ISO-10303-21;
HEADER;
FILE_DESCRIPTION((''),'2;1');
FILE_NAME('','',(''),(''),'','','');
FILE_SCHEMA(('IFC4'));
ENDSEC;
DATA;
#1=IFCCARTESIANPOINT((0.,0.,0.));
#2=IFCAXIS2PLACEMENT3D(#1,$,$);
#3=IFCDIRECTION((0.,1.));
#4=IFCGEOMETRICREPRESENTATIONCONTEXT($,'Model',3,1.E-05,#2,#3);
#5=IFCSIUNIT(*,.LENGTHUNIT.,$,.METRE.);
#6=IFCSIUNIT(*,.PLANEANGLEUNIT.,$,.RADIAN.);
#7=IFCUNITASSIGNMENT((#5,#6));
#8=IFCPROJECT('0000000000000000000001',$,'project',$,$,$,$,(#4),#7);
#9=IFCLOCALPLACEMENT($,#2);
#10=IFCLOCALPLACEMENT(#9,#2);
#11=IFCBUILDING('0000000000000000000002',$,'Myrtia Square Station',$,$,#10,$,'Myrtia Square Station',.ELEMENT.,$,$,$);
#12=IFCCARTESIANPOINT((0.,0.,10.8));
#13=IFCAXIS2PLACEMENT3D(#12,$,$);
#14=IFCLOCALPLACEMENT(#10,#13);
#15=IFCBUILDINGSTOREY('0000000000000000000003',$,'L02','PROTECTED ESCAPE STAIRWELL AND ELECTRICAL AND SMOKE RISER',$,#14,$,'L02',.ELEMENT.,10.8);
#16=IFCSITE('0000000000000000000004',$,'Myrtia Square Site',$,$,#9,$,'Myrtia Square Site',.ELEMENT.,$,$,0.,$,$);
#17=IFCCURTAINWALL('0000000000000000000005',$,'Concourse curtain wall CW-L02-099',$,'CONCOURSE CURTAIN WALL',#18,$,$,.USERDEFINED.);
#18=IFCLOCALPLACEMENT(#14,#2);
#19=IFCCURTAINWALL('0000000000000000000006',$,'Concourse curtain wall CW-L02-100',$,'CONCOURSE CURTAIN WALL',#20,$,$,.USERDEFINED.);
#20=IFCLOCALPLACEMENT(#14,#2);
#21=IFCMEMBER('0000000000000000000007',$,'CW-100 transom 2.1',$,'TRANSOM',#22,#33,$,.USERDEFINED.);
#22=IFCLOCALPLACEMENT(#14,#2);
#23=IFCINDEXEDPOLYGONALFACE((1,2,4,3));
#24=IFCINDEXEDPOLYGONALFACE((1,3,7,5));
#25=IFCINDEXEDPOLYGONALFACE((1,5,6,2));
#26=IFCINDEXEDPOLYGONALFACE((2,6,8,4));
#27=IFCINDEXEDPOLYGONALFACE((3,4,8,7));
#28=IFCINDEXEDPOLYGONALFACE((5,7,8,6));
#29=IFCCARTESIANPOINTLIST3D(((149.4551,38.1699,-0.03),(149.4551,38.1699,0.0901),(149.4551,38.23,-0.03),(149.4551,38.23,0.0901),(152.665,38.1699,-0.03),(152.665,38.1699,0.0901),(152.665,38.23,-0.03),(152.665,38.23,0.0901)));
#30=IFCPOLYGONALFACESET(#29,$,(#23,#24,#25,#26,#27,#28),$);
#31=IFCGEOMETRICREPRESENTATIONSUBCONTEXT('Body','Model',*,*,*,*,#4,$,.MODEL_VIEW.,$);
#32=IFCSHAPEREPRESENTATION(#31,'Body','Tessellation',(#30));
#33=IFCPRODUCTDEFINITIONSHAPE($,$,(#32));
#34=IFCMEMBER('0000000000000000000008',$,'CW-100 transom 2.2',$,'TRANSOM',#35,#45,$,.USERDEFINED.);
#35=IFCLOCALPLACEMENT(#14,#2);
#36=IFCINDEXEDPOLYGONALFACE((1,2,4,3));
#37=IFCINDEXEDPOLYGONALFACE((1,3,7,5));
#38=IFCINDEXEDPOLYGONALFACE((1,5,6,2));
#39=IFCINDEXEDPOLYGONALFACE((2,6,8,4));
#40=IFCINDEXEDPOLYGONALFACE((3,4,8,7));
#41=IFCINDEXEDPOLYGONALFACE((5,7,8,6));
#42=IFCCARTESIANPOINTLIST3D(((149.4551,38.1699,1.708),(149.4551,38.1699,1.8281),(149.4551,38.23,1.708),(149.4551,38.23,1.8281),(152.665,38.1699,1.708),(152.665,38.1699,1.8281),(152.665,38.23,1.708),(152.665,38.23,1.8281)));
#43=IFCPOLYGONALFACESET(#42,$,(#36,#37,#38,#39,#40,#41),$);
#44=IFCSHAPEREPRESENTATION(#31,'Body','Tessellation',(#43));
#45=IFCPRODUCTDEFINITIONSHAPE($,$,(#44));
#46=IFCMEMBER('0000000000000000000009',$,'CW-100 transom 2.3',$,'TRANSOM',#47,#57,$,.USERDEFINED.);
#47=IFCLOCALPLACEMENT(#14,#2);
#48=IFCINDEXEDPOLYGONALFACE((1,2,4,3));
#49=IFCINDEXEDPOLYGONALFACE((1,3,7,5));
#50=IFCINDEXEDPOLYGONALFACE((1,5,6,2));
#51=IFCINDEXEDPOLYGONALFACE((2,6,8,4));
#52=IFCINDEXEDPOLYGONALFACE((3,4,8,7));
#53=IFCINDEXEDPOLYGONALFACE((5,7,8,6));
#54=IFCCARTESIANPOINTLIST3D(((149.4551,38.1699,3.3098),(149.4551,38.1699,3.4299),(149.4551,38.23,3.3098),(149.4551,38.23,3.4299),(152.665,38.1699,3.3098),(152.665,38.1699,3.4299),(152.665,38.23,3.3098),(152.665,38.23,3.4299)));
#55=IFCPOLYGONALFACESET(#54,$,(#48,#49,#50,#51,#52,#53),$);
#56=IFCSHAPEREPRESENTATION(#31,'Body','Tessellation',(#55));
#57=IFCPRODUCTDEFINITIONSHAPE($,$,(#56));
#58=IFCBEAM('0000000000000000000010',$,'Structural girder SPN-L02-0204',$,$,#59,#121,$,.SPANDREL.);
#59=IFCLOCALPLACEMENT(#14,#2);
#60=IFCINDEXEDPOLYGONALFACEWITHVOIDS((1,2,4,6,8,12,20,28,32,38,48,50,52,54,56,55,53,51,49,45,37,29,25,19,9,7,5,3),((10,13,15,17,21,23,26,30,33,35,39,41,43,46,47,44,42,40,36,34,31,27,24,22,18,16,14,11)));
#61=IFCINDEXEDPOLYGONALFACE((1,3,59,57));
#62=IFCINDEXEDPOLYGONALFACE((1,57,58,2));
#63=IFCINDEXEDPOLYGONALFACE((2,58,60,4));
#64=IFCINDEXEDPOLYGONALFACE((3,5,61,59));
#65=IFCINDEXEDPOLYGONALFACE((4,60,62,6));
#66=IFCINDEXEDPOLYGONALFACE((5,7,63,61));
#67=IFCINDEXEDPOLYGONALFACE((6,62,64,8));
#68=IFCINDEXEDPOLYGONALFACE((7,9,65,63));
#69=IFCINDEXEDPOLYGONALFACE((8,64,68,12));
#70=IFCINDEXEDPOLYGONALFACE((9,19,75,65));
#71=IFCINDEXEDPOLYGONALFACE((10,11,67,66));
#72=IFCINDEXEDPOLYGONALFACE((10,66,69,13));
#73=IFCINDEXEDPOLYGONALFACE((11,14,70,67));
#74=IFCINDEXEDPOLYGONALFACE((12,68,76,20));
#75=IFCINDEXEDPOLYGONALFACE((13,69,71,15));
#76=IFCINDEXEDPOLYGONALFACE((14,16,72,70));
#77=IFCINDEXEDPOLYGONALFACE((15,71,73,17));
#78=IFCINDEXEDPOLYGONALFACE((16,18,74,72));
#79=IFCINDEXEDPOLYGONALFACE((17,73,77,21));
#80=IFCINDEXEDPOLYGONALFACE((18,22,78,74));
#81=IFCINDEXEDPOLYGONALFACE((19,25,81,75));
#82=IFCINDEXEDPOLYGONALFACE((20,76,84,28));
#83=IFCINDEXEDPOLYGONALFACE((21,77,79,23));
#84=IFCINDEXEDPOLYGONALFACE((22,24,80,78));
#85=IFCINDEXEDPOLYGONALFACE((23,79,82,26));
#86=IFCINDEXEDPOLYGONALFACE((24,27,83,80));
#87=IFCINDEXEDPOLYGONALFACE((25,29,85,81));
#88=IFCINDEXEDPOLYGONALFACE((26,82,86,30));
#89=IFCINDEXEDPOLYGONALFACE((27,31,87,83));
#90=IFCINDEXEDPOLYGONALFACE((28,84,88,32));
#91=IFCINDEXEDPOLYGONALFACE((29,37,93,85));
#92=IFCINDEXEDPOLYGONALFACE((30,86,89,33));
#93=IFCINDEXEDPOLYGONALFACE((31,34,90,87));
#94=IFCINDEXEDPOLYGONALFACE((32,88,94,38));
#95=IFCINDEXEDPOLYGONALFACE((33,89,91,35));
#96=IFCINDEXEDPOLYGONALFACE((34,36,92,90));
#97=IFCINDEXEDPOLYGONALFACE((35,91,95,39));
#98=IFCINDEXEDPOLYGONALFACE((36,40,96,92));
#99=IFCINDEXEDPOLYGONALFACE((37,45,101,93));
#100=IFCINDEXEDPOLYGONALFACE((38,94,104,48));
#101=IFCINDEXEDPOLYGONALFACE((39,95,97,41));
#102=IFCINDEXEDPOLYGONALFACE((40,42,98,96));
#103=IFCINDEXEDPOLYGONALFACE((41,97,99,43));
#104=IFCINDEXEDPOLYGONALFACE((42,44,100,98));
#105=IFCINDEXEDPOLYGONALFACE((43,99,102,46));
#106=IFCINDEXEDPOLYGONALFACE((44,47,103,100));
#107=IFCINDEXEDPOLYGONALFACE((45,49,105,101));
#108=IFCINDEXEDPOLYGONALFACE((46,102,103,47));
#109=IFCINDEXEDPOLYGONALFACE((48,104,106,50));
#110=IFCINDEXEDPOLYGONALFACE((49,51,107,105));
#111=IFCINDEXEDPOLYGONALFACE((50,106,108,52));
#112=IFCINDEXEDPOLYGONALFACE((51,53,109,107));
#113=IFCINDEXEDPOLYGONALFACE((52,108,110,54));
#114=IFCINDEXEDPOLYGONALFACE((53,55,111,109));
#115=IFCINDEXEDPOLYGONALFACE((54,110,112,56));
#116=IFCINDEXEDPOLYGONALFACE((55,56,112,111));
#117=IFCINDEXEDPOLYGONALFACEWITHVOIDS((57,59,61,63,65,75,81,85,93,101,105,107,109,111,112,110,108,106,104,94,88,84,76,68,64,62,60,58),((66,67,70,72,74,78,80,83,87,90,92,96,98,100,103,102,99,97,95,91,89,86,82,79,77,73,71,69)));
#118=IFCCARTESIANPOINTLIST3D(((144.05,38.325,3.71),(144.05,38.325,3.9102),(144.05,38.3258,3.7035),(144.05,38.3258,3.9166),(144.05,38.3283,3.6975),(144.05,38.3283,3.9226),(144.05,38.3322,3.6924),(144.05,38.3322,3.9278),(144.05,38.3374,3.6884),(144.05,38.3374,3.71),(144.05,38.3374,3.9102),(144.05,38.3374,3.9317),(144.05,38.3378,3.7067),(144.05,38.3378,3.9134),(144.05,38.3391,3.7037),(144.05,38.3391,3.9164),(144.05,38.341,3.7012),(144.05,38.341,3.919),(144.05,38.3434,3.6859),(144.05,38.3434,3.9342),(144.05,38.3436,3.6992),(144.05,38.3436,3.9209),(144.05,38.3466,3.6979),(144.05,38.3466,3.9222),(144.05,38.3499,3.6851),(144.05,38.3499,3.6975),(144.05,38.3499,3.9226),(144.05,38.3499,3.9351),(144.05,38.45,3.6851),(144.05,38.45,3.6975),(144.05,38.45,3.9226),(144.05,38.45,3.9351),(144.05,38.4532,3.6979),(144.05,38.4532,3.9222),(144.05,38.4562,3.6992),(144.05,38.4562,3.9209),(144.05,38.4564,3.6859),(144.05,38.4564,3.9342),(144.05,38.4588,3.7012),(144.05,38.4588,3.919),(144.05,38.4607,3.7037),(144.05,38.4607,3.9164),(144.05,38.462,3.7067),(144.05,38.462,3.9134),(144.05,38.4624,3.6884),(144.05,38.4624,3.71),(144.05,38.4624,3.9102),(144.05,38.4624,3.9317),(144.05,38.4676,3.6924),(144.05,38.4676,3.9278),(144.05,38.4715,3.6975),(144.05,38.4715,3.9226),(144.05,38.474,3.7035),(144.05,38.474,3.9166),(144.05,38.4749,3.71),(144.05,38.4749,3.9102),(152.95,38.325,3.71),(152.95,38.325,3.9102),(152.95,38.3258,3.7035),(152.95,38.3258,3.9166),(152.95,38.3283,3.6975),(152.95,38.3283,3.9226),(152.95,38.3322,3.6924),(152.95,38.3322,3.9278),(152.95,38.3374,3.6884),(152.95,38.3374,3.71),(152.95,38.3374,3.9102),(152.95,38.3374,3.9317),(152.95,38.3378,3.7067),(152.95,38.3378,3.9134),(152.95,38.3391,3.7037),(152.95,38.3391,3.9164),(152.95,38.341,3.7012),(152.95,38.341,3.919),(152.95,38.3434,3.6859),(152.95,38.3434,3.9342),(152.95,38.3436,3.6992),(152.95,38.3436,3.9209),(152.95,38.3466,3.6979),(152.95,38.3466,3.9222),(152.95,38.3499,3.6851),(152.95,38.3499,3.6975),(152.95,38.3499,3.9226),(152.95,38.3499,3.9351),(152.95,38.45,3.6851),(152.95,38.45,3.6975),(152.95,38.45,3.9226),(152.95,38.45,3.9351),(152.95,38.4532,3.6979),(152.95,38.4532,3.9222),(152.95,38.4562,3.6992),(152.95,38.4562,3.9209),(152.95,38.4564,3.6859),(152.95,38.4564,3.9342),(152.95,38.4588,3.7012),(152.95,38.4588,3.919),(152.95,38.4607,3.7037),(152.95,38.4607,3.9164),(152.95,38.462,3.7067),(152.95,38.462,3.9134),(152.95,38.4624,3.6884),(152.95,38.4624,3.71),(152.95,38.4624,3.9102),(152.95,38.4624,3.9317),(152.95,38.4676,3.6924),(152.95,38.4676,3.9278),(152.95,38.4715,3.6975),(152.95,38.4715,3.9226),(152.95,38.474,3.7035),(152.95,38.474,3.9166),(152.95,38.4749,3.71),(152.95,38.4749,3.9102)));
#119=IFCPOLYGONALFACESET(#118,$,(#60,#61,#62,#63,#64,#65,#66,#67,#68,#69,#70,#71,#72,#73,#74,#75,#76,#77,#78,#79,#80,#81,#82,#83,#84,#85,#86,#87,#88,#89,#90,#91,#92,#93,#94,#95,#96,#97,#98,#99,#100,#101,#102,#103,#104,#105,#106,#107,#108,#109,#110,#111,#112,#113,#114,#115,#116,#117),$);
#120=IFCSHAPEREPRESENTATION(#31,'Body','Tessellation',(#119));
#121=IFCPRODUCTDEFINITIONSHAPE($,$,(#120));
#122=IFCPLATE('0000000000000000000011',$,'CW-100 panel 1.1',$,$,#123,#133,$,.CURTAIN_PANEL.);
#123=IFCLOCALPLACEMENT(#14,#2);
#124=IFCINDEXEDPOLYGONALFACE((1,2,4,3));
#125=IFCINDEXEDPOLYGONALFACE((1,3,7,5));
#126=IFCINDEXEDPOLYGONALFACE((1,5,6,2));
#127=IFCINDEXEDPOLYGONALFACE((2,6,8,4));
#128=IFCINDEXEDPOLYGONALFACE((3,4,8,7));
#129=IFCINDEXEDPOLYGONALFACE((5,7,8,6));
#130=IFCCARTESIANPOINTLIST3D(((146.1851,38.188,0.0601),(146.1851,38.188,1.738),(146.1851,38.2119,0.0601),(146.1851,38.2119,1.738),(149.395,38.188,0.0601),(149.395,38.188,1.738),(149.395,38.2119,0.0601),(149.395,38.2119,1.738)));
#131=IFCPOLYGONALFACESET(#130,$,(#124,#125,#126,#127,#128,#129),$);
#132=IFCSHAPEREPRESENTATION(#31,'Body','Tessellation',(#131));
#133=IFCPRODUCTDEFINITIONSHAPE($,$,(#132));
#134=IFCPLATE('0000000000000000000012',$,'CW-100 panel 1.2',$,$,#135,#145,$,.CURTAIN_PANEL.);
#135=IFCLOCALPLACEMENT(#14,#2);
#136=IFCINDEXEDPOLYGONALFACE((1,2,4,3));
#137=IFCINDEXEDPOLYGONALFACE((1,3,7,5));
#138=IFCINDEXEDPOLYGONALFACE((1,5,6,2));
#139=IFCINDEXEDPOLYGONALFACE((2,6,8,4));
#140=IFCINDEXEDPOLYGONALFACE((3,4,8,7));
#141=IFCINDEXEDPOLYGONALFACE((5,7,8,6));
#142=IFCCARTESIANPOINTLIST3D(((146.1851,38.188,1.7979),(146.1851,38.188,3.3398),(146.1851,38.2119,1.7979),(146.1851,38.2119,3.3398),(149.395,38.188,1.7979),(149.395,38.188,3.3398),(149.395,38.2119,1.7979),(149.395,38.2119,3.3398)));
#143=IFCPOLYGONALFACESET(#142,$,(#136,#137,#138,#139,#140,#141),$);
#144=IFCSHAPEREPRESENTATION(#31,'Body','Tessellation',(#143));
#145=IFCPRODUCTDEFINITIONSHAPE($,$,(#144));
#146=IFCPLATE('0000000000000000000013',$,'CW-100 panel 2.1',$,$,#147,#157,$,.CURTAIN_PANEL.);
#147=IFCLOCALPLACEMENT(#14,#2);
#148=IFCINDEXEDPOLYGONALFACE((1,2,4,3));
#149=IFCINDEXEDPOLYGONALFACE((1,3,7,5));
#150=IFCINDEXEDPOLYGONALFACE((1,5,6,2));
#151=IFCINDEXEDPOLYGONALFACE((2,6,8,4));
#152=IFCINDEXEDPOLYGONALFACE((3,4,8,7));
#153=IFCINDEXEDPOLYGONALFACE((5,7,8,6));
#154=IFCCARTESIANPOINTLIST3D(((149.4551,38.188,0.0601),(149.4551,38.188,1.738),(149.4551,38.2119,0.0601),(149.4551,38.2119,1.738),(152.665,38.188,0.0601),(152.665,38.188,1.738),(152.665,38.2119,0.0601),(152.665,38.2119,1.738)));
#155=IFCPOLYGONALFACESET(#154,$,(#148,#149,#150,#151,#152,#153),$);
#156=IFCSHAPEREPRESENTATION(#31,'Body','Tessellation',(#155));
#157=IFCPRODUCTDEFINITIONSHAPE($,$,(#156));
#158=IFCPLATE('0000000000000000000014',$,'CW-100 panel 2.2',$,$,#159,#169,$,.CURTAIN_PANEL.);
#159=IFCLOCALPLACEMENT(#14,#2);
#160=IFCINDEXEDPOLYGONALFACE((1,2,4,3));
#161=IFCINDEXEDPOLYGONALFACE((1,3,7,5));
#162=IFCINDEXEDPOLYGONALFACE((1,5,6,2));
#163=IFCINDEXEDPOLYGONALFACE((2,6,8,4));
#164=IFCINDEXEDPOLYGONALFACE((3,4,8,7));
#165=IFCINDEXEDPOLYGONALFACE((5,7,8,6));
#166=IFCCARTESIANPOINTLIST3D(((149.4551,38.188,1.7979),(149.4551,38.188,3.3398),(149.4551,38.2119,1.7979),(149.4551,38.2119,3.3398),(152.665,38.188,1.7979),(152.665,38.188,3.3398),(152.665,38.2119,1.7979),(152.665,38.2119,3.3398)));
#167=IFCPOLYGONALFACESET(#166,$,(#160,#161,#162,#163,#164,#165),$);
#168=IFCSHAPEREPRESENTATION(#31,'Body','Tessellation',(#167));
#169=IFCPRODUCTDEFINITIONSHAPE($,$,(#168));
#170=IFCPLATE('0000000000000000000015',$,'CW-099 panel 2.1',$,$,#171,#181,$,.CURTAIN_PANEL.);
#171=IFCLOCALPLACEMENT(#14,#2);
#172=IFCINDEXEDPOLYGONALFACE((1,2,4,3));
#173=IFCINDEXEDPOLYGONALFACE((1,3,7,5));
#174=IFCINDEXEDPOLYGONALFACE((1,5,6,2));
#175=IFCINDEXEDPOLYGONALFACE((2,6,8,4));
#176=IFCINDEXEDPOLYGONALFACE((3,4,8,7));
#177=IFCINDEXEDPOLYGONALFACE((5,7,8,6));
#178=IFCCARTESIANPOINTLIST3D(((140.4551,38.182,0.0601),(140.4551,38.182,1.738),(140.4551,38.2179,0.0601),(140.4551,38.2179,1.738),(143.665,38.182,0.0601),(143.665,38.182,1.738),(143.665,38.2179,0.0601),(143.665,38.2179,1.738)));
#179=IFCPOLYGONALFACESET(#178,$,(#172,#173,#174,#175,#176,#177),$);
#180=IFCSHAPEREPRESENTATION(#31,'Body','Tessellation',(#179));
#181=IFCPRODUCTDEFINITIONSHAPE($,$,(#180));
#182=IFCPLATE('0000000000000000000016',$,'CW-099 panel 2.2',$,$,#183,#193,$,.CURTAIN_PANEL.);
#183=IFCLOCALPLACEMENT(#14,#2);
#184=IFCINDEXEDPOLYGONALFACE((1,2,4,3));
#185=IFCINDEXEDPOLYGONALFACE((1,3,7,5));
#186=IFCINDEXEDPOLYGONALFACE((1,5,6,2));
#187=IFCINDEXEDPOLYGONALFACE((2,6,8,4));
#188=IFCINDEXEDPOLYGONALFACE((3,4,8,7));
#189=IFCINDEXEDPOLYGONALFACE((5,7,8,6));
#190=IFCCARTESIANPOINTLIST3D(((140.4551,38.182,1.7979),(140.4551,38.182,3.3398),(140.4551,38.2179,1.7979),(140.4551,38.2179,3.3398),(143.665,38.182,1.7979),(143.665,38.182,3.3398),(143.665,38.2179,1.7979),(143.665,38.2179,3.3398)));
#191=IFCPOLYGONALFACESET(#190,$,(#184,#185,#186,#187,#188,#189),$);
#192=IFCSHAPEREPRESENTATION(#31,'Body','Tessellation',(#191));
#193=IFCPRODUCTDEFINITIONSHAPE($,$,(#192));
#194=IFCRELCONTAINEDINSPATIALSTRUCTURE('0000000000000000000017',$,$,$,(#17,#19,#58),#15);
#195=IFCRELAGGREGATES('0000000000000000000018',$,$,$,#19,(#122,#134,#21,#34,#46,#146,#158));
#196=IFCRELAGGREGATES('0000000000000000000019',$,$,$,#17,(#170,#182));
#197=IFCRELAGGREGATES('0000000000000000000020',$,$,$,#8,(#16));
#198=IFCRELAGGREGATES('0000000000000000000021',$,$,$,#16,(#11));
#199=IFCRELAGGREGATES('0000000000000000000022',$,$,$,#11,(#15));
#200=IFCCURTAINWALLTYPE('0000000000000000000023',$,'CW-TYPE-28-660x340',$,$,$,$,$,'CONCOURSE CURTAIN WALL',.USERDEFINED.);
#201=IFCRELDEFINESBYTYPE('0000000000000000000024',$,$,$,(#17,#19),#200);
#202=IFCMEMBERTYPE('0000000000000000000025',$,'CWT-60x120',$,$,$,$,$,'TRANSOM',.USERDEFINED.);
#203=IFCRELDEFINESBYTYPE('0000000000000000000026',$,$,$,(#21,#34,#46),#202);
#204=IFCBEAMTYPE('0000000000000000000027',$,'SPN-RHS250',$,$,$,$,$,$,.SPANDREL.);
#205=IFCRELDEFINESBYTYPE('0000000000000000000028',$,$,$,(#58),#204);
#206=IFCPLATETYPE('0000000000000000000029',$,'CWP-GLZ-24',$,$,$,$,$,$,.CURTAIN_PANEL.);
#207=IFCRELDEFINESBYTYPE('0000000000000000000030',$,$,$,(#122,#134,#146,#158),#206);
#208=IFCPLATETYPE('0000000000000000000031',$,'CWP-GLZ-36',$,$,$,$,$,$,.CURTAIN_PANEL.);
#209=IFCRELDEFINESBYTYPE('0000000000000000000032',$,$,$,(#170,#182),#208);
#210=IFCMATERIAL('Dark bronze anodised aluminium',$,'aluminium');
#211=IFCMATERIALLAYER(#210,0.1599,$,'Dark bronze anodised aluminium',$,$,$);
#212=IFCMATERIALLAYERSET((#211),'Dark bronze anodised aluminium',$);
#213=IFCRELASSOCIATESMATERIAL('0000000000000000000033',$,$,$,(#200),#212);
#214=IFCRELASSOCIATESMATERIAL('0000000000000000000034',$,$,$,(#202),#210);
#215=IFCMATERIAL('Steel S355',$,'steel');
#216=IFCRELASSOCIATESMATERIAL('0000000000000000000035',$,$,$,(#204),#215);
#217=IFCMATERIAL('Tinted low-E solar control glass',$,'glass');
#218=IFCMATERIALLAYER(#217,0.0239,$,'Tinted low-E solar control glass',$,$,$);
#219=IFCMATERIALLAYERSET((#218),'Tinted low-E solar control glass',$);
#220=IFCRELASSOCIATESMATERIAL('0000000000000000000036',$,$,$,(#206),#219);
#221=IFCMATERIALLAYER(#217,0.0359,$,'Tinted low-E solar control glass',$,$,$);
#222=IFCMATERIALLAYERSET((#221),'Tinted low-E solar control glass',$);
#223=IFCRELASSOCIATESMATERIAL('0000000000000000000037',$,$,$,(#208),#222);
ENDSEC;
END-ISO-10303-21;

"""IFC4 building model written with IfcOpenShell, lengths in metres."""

from ifc_helpers import new_model, si_unit, direction, frame, origin, origin_2d, place, context, subcontext, project, spatial, rectangle, hollow_rectangle, extrude, material, layer, layer_set, material_profile, profile_set, type_object, element, aggregate, save


model = new_model("IFC4")

# Units and contexts
model_context = context("Model", 3, precision=1e-05, world=origin(), true_north=direction((0.0, 1.0)))
body_context = subcontext(model_context, "Body", "Model", "MODEL_VIEW")
ifc_project = project(units=[si_unit("LENGTHUNIT", "METRE"), si_unit("PLANEANGLEUNIT", "RADIAN")], contexts=[model_context])

# Site, building, storey
site_placement = place(None, origin())
site = spatial("IfcSite", under=ifc_project, at=site_placement, Name="Myrtia Square Site", LongName="Myrtia Square Site", CompositionType="ELEMENT", RefElevation=0.0)
building_placement = place(site_placement, origin())
building = spatial("IfcBuilding", under=site, at=building_placement, Name="Myrtia Square Station", LongName="Myrtia Square Station", CompositionType="ELEMENT")
storey_placement = place(building_placement, frame((0.0, 0.0, 10.8)))
storey = spatial("IfcBuildingStorey", under=building, at=storey_placement, Name="L02", Description="PROTECTED ESCAPE STAIRWELL AND ELECTRICAL AND SMOKE RISER", LongName="L02", CompositionType="ELEMENT", Elevation=10.8)

# Shared definitions
ifc_material_1 = material(Name="Steel S355", Category="steel")

# Curtain walls
ifc_material_2 = material(Name="Dark bronze anodised aluminium", Category="aluminium")
ifc_layer_1 = layer(ifc_material_2, 0.1599, Name="Dark bronze anodised aluminium")
ifc_layer_set_1 = layer_set([ifc_layer_1], Name="Dark bronze anodised aluminium")
curtain_wall_type = type_object("IfcCurtainWallType", Name="CW-TYPE-28-660x340", ElementType="CONCOURSE CURTAIN WALL", PredefinedType="USERDEFINED", material=ifc_layer_set_1)
curtain_wall_1_placement = place(storey_placement, origin())
curtain_wall_1 = element("IfcCurtainWall", 1, at=curtain_wall_1_placement, inside=storey, type_object=curtain_wall_type, Name="Concourse curtain wall CW-L02-099", ObjectType="CONCOURSE CURTAIN WALL", PredefinedType="USERDEFINED")
curtain_wall_2_placement = place(storey_placement, origin())
curtain_wall_2 = element("IfcCurtainWall", 2, at=curtain_wall_2_placement, inside=storey, type_object=curtain_wall_type, Name="Concourse curtain wall CW-L02-100", ObjectType="CONCOURSE CURTAIN WALL", PredefinedType="USERDEFINED")

# Members
ifc_material_profile_1 = material_profile(ifc_material_2, rectangle(XDim=0.0601, YDim=0.1201, at=origin_2d()), Name="ALU-T 60x120")
ifc_profile_set_1 = profile_set([ifc_material_profile_1], Name="Dark bronze anodised aluminium")
member_type_1 = type_object("IfcMemberType", Name="CWT-60x120", ElementType="TRANSOM", PredefinedType="USERDEFINED", material=ifc_profile_set_1)
member_1_placement = place(storey_placement, frame((149.4551, 38.2, 0.03), z_axis=(1.0, 0.0, 0.0), x_axis=(0.0, 1.0, 0.0)))
member_1 = element("IfcMember", 3, at=member_1_placement, type_object=member_type_1, Name="CW-100 transom 2.1", ObjectType="TRANSOM", PredefinedType="USERDEFINED", context=body_context, shape_type="SweptSolid", body=[
    extrude(rectangle(XDim=0.0601, YDim=0.1201, at=origin_2d()), origin(), (0.0, 0.0, 1.0), 3.21),
])
member_2_placement = place(storey_placement, frame((149.4551, 38.2, 1.7681), z_axis=(1.0, 0.0, 0.0), x_axis=(0.0, 1.0, 0.0)))
member_2 = element("IfcMember", 4, at=member_2_placement, type_object=member_type_1, Name="CW-100 transom 2.2", ObjectType="TRANSOM", PredefinedType="USERDEFINED", context=body_context, shape_type="SweptSolid", body=[
    extrude(rectangle(XDim=0.0601, YDim=0.1201, at=origin_2d()), origin(), (0.0, 0.0, 1.0), 3.21),
])
member_3_placement = place(storey_placement, frame((149.4551, 38.2, 3.3699), z_axis=(1.0, 0.0, 0.0), x_axis=(0.0, 1.0, 0.0)))
member_3 = element("IfcMember", 5, at=member_3_placement, type_object=member_type_1, Name="CW-100 transom 2.3", ObjectType="TRANSOM", PredefinedType="USERDEFINED", context=body_context, shape_type="SweptSolid", body=[
    extrude(rectangle(XDim=0.0601, YDim=0.1201, at=origin_2d()), origin(), (0.0, 0.0, 1.0), 3.21),
])

# Beam
ifc_material_profile_2 = material_profile(ifc_material_1, hollow_rectangle(XDim=0.1499, YDim=0.25, WallThickness=0.0125, InnerFilletRadius=0.0125, OuterFilletRadius=0.0249, at=origin_2d()), Name="RHS 250x150x12.5")
ifc_profile_set_2 = profile_set([ifc_material_profile_2], Name="Steel S355")
beam_type = type_object("IfcBeamType", Name="SPN-RHS250", PredefinedType="SPANDREL", material=ifc_profile_set_2)
beam_placement = place(storey_placement, frame((144.05, 38.3999, 3.8101), z_axis=(1.0, 0.0, 0.0), x_axis=(0.0, 1.0, 0.0)))
element("IfcBeam", 6, at=beam_placement, inside=storey, type_object=beam_type, Name="Structural girder SPN-L02-0204", PredefinedType="SPANDREL", context=body_context, shape_type="SweptSolid", body=[
    extrude(hollow_rectangle(XDim=0.1499, YDim=0.25, WallThickness=0.0125, InnerFilletRadius=0.0125, OuterFilletRadius=0.0249, at=origin_2d()), origin(), (0.0, 0.0, 1.0), 8.8999),
])

# Plates
ifc_material_3 = material(Name="Tinted low-E solar control glass", Category="glass")
ifc_layer_2 = layer(ifc_material_3, 0.0239, Name="Tinted low-E solar control glass")
ifc_layer_set_2 = layer_set([ifc_layer_2], Name="Tinted low-E solar control glass")
plate_type_1 = type_object("IfcPlateType", Name="CWP-GLZ-24", PredefinedType="CURTAIN_PANEL", material=ifc_layer_set_2)
plate_1_placement = place(storey_placement, frame((147.79, 38.2, 0.0601), z_axis=(0.0, 0.0, 1.0), x_axis=(1.0, 0.0, 0.0)))
plate_1 = element("IfcPlate", 7, at=plate_1_placement, type_object=plate_type_1, Name="CW-100 panel 1.1", PredefinedType="CURTAIN_PANEL", context=body_context, shape_type="SweptSolid", body=[
    extrude(rectangle(XDim=3.21, YDim=0.0239, at=origin_2d()), origin(), (0.0, 0.0, 1.0), 1.678),
])
plate_2_placement = place(storey_placement, frame((147.79, 38.2, 1.7979), z_axis=(0.0, 0.0, 1.0), x_axis=(1.0, 0.0, 0.0)))
plate_2 = element("IfcPlate", 8, at=plate_2_placement, type_object=plate_type_1, Name="CW-100 panel 1.2", PredefinedType="CURTAIN_PANEL", context=body_context, shape_type="SweptSolid", body=[
    extrude(rectangle(XDim=3.21, YDim=0.0239, at=origin_2d()), origin(), (0.0, 0.0, 1.0), 1.542),
])
plate_3_placement = place(storey_placement, frame((151.0601, 38.2, 0.0601), z_axis=(0.0, 0.0, 1.0), x_axis=(1.0, 0.0, 0.0)))
plate_3 = element("IfcPlate", 9, at=plate_3_placement, type_object=plate_type_1, Name="CW-100 panel 2.1", PredefinedType="CURTAIN_PANEL", context=body_context, shape_type="SweptSolid", body=[
    extrude(rectangle(XDim=3.21, YDim=0.0239, at=origin_2d()), origin(), (0.0, 0.0, 1.0), 1.678),
])
plate_4_placement = place(storey_placement, frame((151.0601, 38.2, 1.7979), z_axis=(0.0, 0.0, 1.0), x_axis=(1.0, 0.0, 0.0)))
plate_4 = element("IfcPlate", 10, at=plate_4_placement, type_object=plate_type_1, Name="CW-100 panel 2.2", PredefinedType="CURTAIN_PANEL", context=body_context, shape_type="SweptSolid", body=[
    extrude(rectangle(XDim=3.21, YDim=0.0239, at=origin_2d()), origin(), (0.0, 0.0, 1.0), 1.542),
])
aggregate(curtain_wall_2, [plate_1, plate_2, member_1, member_2, member_3, plate_3, plate_4])
ifc_layer_3 = layer(ifc_material_3, 0.0359, Name="Tinted low-E solar control glass")
ifc_layer_set_3 = layer_set([ifc_layer_3], Name="Tinted low-E solar control glass")
plate_type_2 = type_object("IfcPlateType", Name="CWP-GLZ-36", PredefinedType="CURTAIN_PANEL", material=ifc_layer_set_3)
plate_5_placement = place(storey_placement, frame((142.0601, 38.2, 0.0601), z_axis=(0.0, 0.0, 1.0), x_axis=(1.0, 0.0, 0.0)))
plate_5 = element("IfcPlate", 11, at=plate_5_placement, type_object=plate_type_2, Name="CW-099 panel 2.1", PredefinedType="CURTAIN_PANEL", context=body_context, shape_type="SweptSolid", body=[
    extrude(rectangle(XDim=3.21, YDim=0.0359, at=origin_2d()), origin(), (0.0, 0.0, 1.0), 1.678),
])
plate_6_placement = place(storey_placement, frame((142.0601, 38.2, 1.7979), z_axis=(0.0, 0.0, 1.0), x_axis=(1.0, 0.0, 0.0)))
plate_6 = element("IfcPlate", 12, at=plate_6_placement, type_object=plate_type_2, Name="CW-099 panel 2.2", PredefinedType="CURTAIN_PANEL", context=body_context, shape_type="SweptSolid", body=[
    extrude(rectangle(XDim=3.21, YDim=0.0359, at=origin_2d()), origin(), (0.0, 0.0, 1.0), 1.542),
])
aggregate(curtain_wall_1, [plate_5, plate_6])

save(model, "model.ifc")
